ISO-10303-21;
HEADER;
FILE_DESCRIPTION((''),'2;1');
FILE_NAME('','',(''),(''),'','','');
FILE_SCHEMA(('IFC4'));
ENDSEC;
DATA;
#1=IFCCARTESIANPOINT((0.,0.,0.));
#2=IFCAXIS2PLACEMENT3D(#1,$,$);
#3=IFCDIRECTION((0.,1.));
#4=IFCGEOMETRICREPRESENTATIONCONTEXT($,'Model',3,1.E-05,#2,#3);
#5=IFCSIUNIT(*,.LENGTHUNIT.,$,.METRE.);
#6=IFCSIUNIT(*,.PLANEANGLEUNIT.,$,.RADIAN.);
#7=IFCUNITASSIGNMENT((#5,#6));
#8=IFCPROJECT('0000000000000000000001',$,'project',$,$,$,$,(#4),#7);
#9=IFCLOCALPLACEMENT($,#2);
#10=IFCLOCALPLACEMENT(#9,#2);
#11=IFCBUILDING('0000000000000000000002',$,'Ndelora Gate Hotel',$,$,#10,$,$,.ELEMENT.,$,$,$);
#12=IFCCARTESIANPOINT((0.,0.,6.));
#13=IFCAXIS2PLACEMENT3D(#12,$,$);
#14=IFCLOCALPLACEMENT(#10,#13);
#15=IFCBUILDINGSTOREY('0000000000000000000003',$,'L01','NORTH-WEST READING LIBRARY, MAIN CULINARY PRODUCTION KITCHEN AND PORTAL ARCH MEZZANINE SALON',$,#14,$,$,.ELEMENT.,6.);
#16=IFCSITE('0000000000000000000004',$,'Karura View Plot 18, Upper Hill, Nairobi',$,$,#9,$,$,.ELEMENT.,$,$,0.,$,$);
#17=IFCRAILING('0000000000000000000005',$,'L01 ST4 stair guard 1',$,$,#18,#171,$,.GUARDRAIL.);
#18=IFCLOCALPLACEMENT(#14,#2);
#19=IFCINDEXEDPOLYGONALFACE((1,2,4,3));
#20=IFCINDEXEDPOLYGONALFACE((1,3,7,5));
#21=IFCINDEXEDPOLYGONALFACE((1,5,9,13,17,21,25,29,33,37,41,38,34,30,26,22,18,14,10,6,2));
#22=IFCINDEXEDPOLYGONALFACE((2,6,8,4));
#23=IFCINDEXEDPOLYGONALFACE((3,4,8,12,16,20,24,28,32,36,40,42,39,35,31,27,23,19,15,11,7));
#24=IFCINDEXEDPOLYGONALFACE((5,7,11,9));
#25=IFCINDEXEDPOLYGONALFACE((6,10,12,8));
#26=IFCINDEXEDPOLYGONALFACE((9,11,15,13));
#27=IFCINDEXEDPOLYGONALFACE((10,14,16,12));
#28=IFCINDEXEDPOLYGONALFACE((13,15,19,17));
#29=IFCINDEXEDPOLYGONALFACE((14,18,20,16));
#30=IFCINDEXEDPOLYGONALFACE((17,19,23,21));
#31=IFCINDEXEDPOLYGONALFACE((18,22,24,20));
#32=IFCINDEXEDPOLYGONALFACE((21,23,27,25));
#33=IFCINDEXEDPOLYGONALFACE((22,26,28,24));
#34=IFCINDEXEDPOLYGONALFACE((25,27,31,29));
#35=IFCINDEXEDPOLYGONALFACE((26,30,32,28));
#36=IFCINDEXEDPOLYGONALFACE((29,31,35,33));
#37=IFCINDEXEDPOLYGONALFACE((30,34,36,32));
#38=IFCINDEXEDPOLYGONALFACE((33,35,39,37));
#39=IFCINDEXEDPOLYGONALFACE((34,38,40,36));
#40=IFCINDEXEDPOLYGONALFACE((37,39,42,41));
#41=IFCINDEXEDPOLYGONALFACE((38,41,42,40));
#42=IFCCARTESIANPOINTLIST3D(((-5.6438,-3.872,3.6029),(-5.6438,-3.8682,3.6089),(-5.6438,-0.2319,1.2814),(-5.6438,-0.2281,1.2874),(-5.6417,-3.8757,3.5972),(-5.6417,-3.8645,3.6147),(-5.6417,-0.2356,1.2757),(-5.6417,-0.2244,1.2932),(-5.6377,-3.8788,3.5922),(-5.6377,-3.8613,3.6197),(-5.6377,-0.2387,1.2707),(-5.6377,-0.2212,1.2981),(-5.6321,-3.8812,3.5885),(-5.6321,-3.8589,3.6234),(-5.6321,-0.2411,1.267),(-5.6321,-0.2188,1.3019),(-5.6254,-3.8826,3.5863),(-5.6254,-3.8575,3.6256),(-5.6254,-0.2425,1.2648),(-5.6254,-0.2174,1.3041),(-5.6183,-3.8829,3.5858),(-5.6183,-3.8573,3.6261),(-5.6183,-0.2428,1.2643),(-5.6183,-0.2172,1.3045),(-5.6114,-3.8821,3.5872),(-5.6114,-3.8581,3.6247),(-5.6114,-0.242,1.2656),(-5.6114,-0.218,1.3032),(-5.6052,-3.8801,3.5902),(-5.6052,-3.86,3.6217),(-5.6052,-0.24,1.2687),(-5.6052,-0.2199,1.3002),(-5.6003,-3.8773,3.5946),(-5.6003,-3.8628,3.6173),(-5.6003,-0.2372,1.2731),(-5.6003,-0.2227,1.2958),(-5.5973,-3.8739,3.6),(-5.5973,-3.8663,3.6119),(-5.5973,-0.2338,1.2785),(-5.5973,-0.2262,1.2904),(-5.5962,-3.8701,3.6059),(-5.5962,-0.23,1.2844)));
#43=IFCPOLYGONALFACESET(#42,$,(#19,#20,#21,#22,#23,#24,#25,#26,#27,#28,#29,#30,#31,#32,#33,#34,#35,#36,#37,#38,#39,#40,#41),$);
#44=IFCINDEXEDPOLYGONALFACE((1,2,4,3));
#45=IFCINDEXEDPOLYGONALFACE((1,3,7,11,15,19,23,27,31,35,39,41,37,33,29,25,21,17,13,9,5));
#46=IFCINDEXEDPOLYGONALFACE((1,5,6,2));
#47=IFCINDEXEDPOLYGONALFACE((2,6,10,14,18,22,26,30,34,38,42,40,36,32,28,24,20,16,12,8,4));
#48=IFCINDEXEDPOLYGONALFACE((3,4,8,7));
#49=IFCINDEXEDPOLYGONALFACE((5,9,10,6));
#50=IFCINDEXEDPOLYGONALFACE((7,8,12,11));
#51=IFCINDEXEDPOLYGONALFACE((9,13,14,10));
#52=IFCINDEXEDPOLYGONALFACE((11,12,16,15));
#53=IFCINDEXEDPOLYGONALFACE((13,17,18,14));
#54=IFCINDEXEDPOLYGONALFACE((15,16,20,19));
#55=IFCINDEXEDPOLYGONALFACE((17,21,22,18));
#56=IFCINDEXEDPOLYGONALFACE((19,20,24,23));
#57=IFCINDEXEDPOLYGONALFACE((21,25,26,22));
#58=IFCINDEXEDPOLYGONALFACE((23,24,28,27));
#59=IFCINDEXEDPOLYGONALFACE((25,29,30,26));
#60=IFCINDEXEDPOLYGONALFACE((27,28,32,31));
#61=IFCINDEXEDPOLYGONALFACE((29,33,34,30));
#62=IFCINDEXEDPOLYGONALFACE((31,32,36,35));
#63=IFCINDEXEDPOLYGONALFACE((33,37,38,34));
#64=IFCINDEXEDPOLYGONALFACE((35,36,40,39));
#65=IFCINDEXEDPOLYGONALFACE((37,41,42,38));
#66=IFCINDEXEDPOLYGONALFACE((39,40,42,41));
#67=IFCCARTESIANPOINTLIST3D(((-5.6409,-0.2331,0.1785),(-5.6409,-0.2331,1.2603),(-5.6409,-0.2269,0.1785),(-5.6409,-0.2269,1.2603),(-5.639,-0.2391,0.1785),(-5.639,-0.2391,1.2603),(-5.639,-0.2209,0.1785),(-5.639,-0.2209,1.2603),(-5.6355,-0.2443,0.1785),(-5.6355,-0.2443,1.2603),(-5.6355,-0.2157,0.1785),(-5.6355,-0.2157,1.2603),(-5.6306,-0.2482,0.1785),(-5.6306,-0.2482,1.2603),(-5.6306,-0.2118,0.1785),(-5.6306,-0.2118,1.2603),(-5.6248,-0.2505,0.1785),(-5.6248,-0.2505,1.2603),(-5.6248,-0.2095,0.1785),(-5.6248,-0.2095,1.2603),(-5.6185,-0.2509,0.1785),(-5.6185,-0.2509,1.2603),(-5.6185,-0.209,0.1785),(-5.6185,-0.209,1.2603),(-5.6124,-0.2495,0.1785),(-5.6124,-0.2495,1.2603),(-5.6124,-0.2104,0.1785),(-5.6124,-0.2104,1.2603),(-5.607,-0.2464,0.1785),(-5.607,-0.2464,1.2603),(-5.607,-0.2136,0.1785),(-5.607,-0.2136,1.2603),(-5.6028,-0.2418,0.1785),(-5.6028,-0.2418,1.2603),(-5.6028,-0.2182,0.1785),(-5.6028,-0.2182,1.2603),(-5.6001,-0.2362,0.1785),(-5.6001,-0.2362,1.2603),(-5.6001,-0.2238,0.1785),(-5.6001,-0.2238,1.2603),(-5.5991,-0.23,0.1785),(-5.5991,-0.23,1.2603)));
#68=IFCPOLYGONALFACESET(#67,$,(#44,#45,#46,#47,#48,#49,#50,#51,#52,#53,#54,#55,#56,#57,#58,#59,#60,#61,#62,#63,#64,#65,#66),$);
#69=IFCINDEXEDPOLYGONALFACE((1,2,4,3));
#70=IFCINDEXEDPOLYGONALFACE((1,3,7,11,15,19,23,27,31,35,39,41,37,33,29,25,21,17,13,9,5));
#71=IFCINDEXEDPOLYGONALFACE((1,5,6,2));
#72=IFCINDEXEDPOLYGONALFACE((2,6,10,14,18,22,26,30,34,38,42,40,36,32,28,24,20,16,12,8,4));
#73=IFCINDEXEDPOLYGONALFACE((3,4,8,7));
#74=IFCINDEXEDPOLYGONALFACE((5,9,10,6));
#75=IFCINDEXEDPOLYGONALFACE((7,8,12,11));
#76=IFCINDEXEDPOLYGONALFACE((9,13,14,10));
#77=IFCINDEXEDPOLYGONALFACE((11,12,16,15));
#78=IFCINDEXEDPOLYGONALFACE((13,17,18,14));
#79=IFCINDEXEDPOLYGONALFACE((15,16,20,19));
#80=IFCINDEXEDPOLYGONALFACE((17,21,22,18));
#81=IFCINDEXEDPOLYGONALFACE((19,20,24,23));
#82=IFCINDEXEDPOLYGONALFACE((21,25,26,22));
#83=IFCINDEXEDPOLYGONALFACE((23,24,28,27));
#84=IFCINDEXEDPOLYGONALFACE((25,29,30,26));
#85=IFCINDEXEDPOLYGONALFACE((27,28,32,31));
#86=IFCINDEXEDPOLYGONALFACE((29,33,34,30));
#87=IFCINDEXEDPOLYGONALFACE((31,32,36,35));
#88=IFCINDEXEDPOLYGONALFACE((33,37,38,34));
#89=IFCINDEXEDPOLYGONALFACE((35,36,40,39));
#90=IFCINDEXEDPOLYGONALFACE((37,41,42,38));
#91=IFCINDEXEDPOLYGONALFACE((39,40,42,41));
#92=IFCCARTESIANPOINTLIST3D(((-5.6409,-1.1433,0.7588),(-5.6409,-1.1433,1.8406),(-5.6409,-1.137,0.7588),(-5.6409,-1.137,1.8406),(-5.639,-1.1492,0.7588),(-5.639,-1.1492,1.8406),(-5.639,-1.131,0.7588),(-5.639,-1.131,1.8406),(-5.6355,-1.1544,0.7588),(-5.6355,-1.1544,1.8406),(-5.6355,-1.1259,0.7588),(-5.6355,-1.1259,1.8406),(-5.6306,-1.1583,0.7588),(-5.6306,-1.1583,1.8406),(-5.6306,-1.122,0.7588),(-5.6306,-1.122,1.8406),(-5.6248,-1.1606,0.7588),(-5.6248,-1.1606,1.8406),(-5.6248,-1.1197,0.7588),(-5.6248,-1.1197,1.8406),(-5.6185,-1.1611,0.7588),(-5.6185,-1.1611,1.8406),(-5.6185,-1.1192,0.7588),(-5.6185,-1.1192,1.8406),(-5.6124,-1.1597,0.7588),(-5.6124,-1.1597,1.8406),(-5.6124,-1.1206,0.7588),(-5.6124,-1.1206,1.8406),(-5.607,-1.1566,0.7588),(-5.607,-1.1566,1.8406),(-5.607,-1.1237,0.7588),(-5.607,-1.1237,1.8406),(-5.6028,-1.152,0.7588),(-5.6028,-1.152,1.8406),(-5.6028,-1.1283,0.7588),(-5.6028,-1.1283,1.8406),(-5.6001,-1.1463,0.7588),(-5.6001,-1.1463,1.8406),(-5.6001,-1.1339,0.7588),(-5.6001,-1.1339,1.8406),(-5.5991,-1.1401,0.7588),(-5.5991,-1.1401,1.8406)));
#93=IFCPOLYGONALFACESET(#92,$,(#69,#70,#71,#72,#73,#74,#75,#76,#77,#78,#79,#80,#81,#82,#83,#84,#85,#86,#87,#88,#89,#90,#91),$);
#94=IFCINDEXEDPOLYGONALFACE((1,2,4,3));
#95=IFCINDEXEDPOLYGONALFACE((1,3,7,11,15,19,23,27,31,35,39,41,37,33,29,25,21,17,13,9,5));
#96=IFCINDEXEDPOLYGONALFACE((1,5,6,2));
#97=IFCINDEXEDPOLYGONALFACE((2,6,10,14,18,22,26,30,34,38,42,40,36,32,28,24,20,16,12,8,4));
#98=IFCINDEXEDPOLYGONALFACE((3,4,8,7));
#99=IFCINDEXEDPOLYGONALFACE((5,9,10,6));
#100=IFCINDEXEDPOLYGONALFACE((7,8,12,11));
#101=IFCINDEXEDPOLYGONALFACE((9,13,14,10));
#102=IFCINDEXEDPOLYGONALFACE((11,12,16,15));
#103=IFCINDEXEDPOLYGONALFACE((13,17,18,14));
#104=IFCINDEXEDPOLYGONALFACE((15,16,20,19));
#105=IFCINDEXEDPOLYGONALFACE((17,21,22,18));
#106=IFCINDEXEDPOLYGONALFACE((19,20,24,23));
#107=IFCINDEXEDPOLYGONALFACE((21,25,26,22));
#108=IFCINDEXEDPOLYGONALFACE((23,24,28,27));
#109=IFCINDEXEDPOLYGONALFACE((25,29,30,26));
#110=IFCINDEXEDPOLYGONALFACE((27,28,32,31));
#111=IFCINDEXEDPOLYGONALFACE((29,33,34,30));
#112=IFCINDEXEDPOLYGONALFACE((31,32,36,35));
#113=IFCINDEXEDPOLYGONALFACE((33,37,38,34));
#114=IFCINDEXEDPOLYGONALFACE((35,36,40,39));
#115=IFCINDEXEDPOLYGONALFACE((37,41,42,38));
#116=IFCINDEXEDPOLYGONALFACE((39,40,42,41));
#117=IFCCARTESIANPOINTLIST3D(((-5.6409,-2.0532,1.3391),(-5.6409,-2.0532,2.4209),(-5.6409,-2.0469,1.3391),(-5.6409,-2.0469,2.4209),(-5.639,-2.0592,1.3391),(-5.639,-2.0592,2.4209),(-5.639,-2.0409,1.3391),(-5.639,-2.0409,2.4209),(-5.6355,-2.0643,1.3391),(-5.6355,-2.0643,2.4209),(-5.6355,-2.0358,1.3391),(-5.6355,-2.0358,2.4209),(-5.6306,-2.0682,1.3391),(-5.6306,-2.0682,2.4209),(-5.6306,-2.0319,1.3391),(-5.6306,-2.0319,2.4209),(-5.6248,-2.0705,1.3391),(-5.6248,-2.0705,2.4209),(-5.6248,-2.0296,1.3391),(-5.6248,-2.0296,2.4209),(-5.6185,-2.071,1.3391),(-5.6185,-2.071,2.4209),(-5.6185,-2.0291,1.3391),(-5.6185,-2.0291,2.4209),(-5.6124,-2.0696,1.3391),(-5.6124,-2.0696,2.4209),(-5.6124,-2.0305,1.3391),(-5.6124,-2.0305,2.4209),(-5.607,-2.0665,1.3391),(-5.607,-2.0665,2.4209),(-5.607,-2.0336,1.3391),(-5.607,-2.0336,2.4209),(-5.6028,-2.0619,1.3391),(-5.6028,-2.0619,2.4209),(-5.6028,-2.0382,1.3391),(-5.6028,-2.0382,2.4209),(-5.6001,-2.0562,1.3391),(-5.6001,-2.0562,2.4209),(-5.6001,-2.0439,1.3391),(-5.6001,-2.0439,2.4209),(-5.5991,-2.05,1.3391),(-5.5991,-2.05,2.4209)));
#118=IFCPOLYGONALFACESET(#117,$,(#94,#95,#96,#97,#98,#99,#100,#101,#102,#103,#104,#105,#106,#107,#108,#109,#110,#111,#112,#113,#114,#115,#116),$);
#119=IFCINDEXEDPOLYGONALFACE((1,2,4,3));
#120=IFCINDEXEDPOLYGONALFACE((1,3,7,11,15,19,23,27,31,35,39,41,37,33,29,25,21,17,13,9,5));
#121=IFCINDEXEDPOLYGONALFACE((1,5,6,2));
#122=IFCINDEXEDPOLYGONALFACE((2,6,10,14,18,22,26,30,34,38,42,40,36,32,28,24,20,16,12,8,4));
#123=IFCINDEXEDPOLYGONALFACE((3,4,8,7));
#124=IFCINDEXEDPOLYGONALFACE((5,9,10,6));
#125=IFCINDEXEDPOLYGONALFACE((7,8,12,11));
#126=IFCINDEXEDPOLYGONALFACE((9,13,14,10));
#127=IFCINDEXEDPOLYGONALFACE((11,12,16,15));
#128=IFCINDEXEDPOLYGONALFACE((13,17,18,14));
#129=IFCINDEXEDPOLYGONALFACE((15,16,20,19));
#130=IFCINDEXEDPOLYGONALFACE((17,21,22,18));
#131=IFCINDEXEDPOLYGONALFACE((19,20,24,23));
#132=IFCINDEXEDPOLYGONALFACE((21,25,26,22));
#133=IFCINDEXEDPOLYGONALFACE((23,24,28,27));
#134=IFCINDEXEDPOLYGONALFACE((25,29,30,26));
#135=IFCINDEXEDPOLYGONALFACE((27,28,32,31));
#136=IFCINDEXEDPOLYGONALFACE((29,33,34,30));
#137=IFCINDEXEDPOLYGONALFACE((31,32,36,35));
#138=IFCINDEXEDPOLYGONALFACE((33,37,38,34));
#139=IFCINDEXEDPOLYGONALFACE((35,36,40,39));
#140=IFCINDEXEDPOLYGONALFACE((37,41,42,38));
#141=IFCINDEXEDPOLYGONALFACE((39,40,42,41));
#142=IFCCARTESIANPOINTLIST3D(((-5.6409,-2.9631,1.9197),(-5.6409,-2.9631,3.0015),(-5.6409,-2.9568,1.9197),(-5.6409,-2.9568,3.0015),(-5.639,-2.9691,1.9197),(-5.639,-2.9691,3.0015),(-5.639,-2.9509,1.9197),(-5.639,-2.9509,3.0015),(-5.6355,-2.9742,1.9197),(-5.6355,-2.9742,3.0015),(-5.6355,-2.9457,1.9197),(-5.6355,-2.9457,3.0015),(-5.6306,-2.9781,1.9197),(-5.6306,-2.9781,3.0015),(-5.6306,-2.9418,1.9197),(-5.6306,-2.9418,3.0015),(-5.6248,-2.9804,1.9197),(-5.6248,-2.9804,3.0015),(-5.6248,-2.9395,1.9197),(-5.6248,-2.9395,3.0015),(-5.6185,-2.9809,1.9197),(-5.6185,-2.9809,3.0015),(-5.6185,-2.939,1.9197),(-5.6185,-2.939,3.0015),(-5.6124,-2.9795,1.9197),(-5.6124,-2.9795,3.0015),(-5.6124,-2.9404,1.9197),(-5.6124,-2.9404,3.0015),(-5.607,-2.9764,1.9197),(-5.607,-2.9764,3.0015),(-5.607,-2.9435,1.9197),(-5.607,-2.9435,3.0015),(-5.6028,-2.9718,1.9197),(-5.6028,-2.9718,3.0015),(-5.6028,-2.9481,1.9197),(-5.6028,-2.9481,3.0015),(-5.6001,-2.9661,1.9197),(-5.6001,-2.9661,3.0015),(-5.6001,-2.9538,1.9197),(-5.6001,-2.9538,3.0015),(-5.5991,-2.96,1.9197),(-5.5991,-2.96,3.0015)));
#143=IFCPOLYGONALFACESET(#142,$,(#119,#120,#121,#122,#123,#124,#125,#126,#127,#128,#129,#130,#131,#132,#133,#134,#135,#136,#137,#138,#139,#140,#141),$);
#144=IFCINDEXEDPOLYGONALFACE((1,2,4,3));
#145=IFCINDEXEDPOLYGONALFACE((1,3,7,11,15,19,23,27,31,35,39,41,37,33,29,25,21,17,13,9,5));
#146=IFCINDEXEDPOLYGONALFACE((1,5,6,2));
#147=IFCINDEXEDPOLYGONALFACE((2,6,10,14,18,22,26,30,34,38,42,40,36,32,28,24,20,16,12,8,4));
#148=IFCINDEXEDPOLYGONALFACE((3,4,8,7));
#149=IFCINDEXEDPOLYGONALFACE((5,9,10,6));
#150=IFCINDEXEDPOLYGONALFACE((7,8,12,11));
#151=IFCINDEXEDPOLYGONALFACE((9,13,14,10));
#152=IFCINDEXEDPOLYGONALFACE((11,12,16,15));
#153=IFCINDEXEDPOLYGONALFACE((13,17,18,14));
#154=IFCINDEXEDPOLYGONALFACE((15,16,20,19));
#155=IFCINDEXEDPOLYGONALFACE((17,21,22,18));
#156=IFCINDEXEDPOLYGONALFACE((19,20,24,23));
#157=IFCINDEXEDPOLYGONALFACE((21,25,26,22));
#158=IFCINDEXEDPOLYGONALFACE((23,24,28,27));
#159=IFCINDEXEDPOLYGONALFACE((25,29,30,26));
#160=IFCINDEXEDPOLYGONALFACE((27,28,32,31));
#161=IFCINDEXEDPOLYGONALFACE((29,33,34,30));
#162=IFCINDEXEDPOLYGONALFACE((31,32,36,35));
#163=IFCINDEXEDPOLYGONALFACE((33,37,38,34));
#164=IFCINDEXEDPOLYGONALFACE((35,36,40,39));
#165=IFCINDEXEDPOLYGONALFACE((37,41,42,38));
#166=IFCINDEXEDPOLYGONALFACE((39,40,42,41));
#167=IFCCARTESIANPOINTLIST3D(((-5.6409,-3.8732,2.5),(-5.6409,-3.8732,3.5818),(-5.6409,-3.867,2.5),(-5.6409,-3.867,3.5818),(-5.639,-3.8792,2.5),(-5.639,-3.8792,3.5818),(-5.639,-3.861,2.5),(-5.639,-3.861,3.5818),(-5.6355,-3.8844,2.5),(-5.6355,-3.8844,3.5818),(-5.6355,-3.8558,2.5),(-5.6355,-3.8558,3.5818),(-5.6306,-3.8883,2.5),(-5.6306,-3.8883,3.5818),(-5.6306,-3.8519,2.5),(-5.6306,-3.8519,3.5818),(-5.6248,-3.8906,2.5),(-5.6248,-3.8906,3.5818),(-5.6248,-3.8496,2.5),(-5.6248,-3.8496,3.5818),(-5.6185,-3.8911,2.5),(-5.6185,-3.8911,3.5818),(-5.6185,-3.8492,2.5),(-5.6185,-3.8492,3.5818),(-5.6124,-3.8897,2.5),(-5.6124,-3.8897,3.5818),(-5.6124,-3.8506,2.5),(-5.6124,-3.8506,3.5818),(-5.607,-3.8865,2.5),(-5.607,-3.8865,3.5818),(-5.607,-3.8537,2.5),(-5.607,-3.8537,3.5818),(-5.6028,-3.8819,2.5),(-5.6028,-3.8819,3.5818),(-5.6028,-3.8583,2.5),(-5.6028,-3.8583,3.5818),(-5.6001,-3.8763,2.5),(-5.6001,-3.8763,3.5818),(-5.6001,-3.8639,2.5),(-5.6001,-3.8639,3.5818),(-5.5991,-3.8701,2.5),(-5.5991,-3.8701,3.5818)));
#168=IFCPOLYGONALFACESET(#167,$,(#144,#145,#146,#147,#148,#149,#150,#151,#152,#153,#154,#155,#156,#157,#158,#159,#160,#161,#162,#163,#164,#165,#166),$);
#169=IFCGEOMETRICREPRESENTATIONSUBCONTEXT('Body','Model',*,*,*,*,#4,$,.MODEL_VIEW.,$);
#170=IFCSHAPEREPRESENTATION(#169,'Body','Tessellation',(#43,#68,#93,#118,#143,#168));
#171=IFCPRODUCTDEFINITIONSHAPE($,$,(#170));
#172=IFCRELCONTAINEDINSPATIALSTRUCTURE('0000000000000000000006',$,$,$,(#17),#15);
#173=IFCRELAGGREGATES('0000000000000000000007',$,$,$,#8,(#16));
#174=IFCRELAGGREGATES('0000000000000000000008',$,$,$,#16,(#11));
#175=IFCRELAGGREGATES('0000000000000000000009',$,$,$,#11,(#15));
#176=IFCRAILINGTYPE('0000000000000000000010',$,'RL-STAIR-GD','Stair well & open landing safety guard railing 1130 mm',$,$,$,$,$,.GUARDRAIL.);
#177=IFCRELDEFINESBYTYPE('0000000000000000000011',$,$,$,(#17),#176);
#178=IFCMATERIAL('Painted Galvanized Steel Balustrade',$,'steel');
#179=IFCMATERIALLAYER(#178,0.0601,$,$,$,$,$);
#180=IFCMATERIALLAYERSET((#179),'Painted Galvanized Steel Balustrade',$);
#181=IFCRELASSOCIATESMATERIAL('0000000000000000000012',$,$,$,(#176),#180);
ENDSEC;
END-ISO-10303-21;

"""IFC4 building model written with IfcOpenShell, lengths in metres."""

from ifc_helpers import new_model, si_unit, direction, frame, origin, origin_2d, place, context, subcontext, project, spatial, circle, extrude, material, layer, layer_set, type_object, element, save


model = new_model("IFC4")

# Units and contexts
model_context = context("Model", 3, precision=1e-05, world=origin(), true_north=direction((0.0, 1.0)))
body_context = subcontext(model_context, "Body", "Model", "MODEL_VIEW")
ifc_project = project(units=[si_unit("LENGTHUNIT", "METRE"), si_unit("PLANEANGLEUNIT", "RADIAN")], contexts=[model_context])

# Site, building, storey
site_placement = place(None, origin())
site = spatial("IfcSite", under=ifc_project, at=site_placement, Name="Karura View Plot 18, Upper Hill, Nairobi", CompositionType="ELEMENT", RefElevation=0.0)
building_placement = place(site_placement, origin())
building = spatial("IfcBuilding", under=site, at=building_placement, Name="Ndelora Gate Hotel", CompositionType="ELEMENT")
storey_placement = place(building_placement, frame((0.0, 0.0, 6.0)))
storey = spatial("IfcBuildingStorey", under=building, at=storey_placement, Name="L01", Description="NORTH-WEST READING LIBRARY, MAIN CULINARY PRODUCTION KITCHEN AND PORTAL ARCH MEZZANINE SALON", CompositionType="ELEMENT", Elevation=6.0)

# Railing
ifc_material_1 = material(Name="Painted Galvanized Steel Balustrade", Category="steel")
ifc_layer_1 = layer(ifc_material_1, 0.0601)
ifc_layer_set_1 = layer_set([ifc_layer_1], Name="Painted Galvanized Steel Balustrade")
railing_type_1 = type_object("IfcRailingType", Name="RL-STAIR-GD", Description="Stair well & open landing safety guard railing 1130 mm", PredefinedType="GUARDRAIL", material=ifc_layer_set_1)
railing_1_placement = place(storey_placement, frame((-5.6201, -0.23, 0.1785)))
element("IfcRailing", 1, at=railing_1_placement, inside=storey, type_object=railing_type_1, Name="L01 ST4 stair guard 1", PredefinedType="GUARDRAIL", context=body_context, shape_type="SweptSolid", body=[
    extrude(circle(Radius=0.0239, at=origin_2d()), frame((0.0, 0.0, 1.106), z_axis=(0.0, -0.843128, 0.537713), x_axis=(1.0, 0.0, 0.0)), (0.0, 0.0, 1.0), 4.3174),
    extrude(circle(Radius=0.021, at=origin_2d()), origin(), (0.0, 0.0, 1.0), 1.0818),
    extrude(circle(Radius=0.021, at=origin_2d()), frame((0.0, -0.9102, 0.5803)), (0.0, 0.0, 1.0), 1.0818),
    extrude(circle(Radius=0.021, at=origin_2d()), frame((0.0, -1.8201, 1.1606)), (0.0, 0.0, 1.0), 1.0818),
    extrude(circle(Radius=0.021, at=origin_2d()), frame((0.0, -2.73, 1.7412)), (0.0, 0.0, 1.0), 1.0818),
    extrude(circle(Radius=0.021, at=origin_2d()), frame((0.0, -3.6401, 2.3215)), (0.0, 0.0, 1.0), 1.0818),
])

save(model, "model.ifc")
